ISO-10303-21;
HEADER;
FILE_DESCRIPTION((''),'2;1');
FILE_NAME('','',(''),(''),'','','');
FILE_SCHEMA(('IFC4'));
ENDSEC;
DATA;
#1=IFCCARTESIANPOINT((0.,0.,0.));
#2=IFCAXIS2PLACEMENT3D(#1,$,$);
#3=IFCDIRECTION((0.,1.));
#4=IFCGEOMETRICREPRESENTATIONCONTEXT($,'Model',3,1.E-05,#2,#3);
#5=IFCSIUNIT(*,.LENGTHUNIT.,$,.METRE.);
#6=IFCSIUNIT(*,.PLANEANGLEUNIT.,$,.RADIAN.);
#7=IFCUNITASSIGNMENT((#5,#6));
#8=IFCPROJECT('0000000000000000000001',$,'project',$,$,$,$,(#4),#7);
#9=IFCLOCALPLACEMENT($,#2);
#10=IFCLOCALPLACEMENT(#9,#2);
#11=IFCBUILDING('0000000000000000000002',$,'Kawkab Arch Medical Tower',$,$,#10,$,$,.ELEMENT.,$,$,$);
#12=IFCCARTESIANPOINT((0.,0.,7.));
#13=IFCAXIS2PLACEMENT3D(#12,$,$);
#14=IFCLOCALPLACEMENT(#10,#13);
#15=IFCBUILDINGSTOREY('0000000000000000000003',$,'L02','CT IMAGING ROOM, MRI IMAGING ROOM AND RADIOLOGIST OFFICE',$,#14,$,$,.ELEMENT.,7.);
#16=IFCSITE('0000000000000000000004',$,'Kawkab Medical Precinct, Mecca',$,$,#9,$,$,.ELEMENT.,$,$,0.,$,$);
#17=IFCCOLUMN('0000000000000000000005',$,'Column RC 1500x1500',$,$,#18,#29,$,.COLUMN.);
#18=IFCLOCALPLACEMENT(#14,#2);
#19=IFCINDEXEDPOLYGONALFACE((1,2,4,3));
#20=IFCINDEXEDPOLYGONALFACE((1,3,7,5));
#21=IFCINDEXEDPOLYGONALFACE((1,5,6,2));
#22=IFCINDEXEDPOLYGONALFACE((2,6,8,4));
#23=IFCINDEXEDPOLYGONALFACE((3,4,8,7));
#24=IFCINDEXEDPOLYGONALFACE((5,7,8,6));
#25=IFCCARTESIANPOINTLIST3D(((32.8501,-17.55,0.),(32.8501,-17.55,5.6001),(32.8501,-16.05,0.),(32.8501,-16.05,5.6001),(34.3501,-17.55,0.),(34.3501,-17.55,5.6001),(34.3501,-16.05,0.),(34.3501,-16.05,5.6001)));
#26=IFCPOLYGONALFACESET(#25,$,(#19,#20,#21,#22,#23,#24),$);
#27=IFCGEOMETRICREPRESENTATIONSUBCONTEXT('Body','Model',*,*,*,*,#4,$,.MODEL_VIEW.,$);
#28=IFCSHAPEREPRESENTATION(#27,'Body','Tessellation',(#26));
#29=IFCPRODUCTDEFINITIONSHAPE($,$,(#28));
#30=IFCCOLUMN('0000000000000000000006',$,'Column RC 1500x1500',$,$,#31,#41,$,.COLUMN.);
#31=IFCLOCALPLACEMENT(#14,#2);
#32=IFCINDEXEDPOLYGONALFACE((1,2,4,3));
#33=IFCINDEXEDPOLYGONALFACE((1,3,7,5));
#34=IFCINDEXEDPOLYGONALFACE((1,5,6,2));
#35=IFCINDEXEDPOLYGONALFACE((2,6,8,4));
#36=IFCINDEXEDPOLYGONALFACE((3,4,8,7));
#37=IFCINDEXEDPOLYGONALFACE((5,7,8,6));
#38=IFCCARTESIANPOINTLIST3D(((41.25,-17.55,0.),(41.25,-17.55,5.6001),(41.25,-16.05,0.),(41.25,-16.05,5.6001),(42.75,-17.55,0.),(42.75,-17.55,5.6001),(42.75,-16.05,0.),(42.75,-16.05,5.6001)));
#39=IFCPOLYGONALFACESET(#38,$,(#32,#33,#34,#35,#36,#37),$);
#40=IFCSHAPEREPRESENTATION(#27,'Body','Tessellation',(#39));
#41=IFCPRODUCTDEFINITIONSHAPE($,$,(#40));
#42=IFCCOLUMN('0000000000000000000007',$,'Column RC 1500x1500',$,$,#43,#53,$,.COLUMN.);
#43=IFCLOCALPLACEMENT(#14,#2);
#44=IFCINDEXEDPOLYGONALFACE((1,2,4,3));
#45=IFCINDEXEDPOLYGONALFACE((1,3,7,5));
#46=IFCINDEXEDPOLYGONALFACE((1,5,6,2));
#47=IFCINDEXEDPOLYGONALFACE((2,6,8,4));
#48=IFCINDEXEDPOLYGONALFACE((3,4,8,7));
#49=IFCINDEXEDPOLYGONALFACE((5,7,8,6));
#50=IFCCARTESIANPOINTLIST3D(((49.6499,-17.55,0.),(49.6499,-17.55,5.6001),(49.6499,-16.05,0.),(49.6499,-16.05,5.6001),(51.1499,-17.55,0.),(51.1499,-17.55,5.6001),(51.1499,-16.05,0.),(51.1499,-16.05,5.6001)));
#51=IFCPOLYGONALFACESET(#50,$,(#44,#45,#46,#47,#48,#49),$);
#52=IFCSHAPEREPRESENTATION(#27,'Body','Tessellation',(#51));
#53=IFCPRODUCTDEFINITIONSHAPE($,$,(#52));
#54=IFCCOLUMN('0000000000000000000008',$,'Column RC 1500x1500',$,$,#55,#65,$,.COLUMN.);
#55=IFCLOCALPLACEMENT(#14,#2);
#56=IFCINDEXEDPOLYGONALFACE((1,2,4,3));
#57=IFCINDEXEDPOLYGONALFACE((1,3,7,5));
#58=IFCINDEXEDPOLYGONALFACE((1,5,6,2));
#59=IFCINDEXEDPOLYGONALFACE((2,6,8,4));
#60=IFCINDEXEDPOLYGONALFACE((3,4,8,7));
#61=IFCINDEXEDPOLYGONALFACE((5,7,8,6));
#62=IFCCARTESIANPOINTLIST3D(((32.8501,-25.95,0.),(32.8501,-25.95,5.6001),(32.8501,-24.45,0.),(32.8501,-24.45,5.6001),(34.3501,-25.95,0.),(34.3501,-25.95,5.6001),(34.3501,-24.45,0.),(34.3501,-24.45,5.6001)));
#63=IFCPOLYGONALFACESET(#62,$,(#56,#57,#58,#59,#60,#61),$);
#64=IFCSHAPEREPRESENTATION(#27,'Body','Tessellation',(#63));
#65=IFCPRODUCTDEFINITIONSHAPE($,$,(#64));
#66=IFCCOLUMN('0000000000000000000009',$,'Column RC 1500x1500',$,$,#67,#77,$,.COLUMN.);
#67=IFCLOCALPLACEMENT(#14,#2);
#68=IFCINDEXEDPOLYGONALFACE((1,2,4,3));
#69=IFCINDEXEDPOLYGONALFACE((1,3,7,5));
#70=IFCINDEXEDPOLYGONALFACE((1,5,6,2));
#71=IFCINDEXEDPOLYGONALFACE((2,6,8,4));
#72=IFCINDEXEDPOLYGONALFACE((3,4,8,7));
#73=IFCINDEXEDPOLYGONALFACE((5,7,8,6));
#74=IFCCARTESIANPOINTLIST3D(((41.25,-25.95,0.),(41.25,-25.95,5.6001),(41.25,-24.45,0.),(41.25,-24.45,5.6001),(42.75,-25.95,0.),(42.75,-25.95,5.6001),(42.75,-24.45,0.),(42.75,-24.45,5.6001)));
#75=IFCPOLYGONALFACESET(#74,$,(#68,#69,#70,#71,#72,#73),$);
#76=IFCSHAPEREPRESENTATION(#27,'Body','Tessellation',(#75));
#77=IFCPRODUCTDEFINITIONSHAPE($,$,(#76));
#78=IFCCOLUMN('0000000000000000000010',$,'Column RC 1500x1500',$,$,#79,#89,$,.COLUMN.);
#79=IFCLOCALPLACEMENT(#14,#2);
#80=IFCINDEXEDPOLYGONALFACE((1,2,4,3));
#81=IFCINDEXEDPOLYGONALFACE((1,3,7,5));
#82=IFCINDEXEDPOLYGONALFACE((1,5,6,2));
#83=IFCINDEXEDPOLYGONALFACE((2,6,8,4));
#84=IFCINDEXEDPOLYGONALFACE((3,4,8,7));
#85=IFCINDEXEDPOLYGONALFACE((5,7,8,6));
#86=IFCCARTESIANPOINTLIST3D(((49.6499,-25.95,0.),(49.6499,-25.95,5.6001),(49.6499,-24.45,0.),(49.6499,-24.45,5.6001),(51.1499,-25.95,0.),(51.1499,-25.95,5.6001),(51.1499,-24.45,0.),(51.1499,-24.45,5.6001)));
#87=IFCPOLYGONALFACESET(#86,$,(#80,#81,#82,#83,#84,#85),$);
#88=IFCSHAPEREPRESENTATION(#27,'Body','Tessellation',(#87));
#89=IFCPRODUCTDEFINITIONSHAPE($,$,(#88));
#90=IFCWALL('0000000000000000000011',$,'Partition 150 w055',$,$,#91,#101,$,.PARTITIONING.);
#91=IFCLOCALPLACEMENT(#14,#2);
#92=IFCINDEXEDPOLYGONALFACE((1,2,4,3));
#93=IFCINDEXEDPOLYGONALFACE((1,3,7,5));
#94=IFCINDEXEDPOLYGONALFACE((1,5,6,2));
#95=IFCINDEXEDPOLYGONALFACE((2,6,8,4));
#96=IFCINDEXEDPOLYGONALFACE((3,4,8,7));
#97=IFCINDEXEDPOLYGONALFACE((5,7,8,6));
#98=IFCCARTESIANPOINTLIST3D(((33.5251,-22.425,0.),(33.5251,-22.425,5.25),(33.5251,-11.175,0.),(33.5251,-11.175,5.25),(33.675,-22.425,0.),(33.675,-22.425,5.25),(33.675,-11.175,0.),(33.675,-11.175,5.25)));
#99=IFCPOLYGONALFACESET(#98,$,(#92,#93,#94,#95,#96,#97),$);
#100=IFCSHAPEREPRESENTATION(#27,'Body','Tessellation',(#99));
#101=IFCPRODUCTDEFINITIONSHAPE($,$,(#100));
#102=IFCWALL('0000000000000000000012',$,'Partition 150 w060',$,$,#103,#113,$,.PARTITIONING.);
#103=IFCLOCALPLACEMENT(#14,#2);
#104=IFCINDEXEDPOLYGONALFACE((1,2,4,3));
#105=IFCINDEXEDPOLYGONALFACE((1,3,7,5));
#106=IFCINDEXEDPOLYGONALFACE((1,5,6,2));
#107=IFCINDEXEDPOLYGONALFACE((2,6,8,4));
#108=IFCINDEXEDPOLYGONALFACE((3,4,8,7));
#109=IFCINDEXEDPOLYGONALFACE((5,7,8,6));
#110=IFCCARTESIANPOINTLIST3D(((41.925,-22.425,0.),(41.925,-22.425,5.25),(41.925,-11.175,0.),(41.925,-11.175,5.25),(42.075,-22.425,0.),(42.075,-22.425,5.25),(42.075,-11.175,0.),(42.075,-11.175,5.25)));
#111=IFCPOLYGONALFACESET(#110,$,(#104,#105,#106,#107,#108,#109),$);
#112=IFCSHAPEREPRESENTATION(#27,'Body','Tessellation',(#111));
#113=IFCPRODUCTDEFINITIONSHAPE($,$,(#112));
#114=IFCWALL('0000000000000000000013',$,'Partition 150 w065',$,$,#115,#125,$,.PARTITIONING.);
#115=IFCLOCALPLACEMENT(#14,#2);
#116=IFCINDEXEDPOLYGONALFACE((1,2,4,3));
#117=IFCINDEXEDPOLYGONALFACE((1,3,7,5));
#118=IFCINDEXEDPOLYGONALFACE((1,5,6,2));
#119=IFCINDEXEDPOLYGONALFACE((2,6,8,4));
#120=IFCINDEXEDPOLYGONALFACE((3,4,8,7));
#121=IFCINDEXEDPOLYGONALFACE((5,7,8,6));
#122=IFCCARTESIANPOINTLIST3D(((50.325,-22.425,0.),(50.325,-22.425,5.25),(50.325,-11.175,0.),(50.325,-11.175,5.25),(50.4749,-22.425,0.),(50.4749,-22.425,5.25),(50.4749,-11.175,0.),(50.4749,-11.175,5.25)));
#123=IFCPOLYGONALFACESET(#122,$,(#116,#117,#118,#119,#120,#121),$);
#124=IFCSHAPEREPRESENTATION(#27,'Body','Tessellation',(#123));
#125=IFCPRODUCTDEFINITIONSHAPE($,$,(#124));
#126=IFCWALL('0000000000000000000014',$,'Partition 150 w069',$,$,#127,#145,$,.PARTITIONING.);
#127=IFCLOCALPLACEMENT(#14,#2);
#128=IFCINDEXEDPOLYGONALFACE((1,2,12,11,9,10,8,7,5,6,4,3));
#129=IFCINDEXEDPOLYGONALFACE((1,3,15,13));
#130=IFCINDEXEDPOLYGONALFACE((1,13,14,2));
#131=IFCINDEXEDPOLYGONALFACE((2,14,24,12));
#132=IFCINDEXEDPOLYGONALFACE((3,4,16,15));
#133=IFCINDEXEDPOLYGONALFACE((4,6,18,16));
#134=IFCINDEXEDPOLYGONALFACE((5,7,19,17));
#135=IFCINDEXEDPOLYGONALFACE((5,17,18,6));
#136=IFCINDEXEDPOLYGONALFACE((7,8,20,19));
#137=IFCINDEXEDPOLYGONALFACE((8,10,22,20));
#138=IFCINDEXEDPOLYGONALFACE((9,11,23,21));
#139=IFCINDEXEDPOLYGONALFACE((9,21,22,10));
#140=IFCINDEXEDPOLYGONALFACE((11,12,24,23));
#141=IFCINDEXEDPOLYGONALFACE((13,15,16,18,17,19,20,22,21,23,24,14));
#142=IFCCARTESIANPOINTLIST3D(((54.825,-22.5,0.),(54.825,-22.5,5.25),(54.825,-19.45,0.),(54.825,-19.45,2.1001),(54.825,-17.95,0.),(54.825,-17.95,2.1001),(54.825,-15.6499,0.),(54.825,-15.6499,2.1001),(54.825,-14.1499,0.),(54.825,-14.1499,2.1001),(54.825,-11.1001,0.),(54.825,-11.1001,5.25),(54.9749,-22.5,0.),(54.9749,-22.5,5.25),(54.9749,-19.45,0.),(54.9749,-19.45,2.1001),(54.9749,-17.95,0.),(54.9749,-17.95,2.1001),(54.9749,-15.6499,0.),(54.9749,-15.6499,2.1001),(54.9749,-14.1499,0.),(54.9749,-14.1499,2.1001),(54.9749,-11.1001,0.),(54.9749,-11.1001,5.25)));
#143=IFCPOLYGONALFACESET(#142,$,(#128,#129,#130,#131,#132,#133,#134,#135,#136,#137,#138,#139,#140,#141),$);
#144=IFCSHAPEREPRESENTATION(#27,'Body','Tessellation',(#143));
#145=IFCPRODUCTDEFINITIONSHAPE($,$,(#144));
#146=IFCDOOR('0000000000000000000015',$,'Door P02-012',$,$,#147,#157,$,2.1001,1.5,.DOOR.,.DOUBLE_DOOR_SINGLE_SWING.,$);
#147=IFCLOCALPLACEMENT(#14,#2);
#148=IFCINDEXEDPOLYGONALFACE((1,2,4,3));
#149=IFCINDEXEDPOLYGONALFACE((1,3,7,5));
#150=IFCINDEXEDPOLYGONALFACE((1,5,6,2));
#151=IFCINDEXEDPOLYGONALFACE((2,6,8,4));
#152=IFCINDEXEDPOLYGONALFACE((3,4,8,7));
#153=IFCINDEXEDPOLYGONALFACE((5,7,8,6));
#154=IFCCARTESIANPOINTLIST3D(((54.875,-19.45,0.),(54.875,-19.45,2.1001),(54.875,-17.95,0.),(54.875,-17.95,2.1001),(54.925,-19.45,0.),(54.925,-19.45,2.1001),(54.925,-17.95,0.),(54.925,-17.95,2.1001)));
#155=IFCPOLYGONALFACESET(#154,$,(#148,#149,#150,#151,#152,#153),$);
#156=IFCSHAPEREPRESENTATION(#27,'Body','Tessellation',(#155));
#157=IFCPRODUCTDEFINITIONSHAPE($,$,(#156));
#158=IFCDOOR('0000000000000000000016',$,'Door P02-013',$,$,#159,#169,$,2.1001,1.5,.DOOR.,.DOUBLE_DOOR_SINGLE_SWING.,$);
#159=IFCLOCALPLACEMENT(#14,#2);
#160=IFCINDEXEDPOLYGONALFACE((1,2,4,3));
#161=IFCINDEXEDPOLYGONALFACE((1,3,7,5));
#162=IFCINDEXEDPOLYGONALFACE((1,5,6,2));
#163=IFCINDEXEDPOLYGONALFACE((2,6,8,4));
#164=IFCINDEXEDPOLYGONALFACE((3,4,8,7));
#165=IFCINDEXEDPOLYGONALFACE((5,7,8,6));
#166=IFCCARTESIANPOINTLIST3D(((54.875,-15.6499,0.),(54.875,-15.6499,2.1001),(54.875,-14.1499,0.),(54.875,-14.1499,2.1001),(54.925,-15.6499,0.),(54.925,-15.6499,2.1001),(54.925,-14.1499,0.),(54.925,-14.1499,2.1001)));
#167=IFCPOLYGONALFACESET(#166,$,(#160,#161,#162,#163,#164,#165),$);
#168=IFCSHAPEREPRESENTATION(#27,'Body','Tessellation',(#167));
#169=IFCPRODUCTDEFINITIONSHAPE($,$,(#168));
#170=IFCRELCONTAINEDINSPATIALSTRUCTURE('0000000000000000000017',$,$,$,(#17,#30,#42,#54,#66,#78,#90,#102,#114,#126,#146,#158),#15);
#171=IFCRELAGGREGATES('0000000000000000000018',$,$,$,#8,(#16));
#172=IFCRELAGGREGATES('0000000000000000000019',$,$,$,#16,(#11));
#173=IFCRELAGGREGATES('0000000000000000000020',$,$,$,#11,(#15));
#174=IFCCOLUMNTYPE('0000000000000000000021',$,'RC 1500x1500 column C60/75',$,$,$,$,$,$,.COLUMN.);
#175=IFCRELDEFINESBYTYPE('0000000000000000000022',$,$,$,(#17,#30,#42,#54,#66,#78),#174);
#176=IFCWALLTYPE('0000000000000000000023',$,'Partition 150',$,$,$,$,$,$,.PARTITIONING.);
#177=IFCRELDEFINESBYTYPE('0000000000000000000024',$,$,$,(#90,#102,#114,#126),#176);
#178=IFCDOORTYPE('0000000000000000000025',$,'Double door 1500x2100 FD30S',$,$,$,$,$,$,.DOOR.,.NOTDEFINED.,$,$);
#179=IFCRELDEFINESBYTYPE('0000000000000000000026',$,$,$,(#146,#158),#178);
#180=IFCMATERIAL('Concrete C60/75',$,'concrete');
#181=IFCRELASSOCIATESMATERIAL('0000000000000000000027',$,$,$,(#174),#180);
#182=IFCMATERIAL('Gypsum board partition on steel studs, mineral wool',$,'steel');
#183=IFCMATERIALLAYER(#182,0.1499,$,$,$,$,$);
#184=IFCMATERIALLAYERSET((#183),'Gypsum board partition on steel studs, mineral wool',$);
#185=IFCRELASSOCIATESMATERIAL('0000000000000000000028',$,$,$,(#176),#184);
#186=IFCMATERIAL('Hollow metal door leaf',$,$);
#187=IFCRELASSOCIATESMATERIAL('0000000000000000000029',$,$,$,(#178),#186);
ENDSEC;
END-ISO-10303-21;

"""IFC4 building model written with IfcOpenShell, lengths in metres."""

from ifc_helpers import new_model, si_unit, direction, frame, frame_2d, origin, origin_2d, place, context, subcontext, project, spatial, rectangle, extrude, material, layer, layer_set, material_profile, profile_set, type_object, element, fill, save


model = new_model("IFC4")

# Units and contexts
model_context = context("Model", 3, precision=1e-05, world=origin(), true_north=direction((0.0, 1.0)))
body_context = subcontext(model_context, "Body", "Model", "MODEL_VIEW")
ifc_project = project(units=[si_unit("LENGTHUNIT", "METRE"), si_unit("PLANEANGLEUNIT", "RADIAN")], contexts=[model_context])

# Site, building, storey
site_placement = place(None, origin())
site = spatial("IfcSite", under=ifc_project, at=site_placement, Name="Kawkab Medical Precinct, Mecca", CompositionType="ELEMENT", RefElevation=0.0)
building_placement = place(site_placement, origin())
building = spatial("IfcBuilding", under=site, at=building_placement, Name="Kawkab Arch Medical Tower", CompositionType="ELEMENT")
storey_placement = place(building_placement, frame((0.0, 0.0, 7.0)))
storey = spatial("IfcBuildingStorey", under=building, at=storey_placement, Name="L02", Description="CT IMAGING ROOM, MRI IMAGING ROOM AND RADIOLOGIST OFFICE", CompositionType="ELEMENT", Elevation=7.0)

# Columns
ifc_material_1 = material(Name="Concrete C60/75", Category="concrete")
ifc_material_profile = material_profile(ifc_material_1, rectangle(XDim=1.5, YDim=1.5, at=origin_2d()), Name="RC 1500x1500")
ifc_profile_set = profile_set([ifc_material_profile], Name="Concrete C60/75")
column_type = type_object("IfcColumnType", Name="RC 1500x1500 column C60/75", PredefinedType="COLUMN", material=ifc_profile_set)
for number, where, z_axis, x_axis, name in (
    (1, (33.6001, -16.8, 0.0), (0.0, 0.0, 1.0), (1.0, 0.0, 0.0), "Column RC 1500x1500"),
    (2, (42.0, -16.8, 0.0), (0.0, 0.0, 1.0), (1.0, 0.0, 0.0), "Column RC 1500x1500"),
    (3, (50.3999, -16.8, 0.0), (0.0, 0.0, 1.0), (1.0, 0.0, 0.0), "Column RC 1500x1500"),
    (4, (33.6001, -25.2, 0.0), (0.0, 0.0, 1.0), (1.0, 0.0, 0.0), "Column RC 1500x1500"),
    (5, (42.0, -25.2, 0.0), (0.0, 0.0, 1.0), (1.0, 0.0, 0.0), "Column RC 1500x1500"),
    (6, (50.3999, -25.2, 0.0), (0.0, 0.0, 1.0), (1.0, 0.0, 0.0), "Column RC 1500x1500"),
):
    element("IfcColumn", number, at=place(storey_placement, frame(where, z_axis=z_axis, x_axis=x_axis)), inside=storey, type_object=column_type, Name=name, PredefinedType="COLUMN", context=body_context, shape_type="SweptSolid", body=[
        extrude(rectangle(XDim=1.5, YDim=1.5, at=origin_2d()), origin(), (0.0, 0.0, 1.0), 5.6001),
    ])

# Walls
ifc_material_2 = material(Name="Gypsum board partition on steel studs, mineral wool", Category="steel")
ifc_layer = layer(ifc_material_2, 0.1499)
ifc_layer_set = layer_set([ifc_layer], Name="Gypsum board partition on steel studs, mineral wool")
wall_type = type_object("IfcWallType", Name="Partition 150", PredefinedType="PARTITIONING", material=ifc_layer_set)
for number, where, z_axis, x_axis, name in (
    (7, (33.6001, -22.425, 0.0), (0.0, 0.0, 1.0), (0.0, 1.0, 0.0), "Partition 150 w055"),
    (8, (42.0, -22.425, 0.0), (0.0, 0.0, 1.0), (0.0, 1.0, 0.0), "Partition 150 w060"),
    (9, (50.3999, -22.425, 0.0), (0.0, 0.0, 1.0), (0.0, 1.0, 0.0), "Partition 150 w065"),
):
    element("IfcWall", number, at=place(storey_placement, frame(where, z_axis=z_axis, x_axis=x_axis)), inside=storey, type_object=wall_type, Name=name, PredefinedType="PARTITIONING", context=body_context, shape_type="SweptSolid", body=[
        extrude(rectangle(XDim=11.25, YDim=0.1499, at=frame_2d((5.625, 0.0))), origin(), (0.0, 0.0, 1.0), 5.25),
    ])

# Wall, openings, doors
wall_placement = place(storey_placement, frame((54.8999, -22.5, 0.0), z_axis=(0.0, 0.0, 1.0), x_axis=(0.0, 1.0, 0.0)))
wall = element("IfcWall", 10, at=wall_placement, inside=storey, type_object=wall_type, Name="Partition 150 w069", PredefinedType="PARTITIONING", context=body_context, shape_type="SweptSolid", body=[
    extrude(rectangle(XDim=11.3999, YDim=0.1499, at=frame_2d((5.7, 0.0))), origin(), (0.0, 0.0, 1.0), 5.25),
])
opening_1_placement = place(wall_placement, frame((3.05, 0.0, 0.0)))
opening_1 = element("IfcOpeningElement", 11, at=opening_1_placement, cuts=wall, PredefinedType="OPENING", context=body_context, shape_type="SweptSolid", body=[
    extrude(rectangle(XDim=1.5, YDim=2.1001, at=frame_2d((0.75, 1.05))), frame((0.0, 0.085, 0.0), z_axis=(0.0, -1.0, 0.0), x_axis=(1.0, 0.0, 0.0)), (0.0, 0.0, 1.0), 0.1699),
])
opening_2_placement = place(wall_placement, frame((6.8501, 0.0, 0.0)))
opening_2 = element("IfcOpeningElement", 12, at=opening_2_placement, cuts=wall, PredefinedType="OPENING", context=body_context, shape_type="SweptSolid", body=[
    extrude(rectangle(XDim=1.5, YDim=2.1001, at=frame_2d((0.75, 1.05))), frame((0.0, 0.085, 0.0), z_axis=(0.0, -1.0, 0.0), x_axis=(1.0, 0.0, 0.0)), (0.0, 0.0, 1.0), 0.1699),
])
ifc_material_3 = material(Name="Hollow metal door leaf")
door_type = type_object("IfcDoorType", Name="Double door 1500x2100 FD30S", OperationType="NOTDEFINED", PredefinedType="DOOR", material=ifc_material_3)
door_1_placement = place(opening_1_placement, origin())
door_1 = element("IfcDoor", 13, at=door_1_placement, inside=storey, type_object=door_type, Name="Door P02-012", OperationType="DOUBLE_DOOR_SINGLE_SWING", OverallHeight=2.1001, OverallWidth=1.5, PredefinedType="DOOR", context=body_context, shape_type="SweptSolid", body=[
    extrude(rectangle(XDim=1.5, YDim=2.1001, at=frame_2d((0.75, 1.05))), frame((0.0, 0.0249, 0.0), z_axis=(0.0, -1.0, 0.0), x_axis=(1.0, 0.0, 0.0)), (0.0, 0.0, 1.0), 0.05),
])
fill(opening_1, door_1)
door_2_placement = place(opening_2_placement, origin())
door_2 = element("IfcDoor", 14, at=door_2_placement, inside=storey, type_object=door_type, Name="Door P02-013", OperationType="DOUBLE_DOOR_SINGLE_SWING", OverallHeight=2.1001, OverallWidth=1.5, PredefinedType="DOOR", context=body_context, shape_type="SweptSolid", body=[
    extrude(rectangle(XDim=1.5, YDim=2.1001, at=frame_2d((0.75, 1.05))), frame((0.0, 0.0249, 0.0), z_axis=(0.0, -1.0, 0.0), x_axis=(1.0, 0.0, 0.0)), (0.0, 0.0, 1.0), 0.05),
])
fill(opening_2, door_2)

save(model, "model.ifc")
